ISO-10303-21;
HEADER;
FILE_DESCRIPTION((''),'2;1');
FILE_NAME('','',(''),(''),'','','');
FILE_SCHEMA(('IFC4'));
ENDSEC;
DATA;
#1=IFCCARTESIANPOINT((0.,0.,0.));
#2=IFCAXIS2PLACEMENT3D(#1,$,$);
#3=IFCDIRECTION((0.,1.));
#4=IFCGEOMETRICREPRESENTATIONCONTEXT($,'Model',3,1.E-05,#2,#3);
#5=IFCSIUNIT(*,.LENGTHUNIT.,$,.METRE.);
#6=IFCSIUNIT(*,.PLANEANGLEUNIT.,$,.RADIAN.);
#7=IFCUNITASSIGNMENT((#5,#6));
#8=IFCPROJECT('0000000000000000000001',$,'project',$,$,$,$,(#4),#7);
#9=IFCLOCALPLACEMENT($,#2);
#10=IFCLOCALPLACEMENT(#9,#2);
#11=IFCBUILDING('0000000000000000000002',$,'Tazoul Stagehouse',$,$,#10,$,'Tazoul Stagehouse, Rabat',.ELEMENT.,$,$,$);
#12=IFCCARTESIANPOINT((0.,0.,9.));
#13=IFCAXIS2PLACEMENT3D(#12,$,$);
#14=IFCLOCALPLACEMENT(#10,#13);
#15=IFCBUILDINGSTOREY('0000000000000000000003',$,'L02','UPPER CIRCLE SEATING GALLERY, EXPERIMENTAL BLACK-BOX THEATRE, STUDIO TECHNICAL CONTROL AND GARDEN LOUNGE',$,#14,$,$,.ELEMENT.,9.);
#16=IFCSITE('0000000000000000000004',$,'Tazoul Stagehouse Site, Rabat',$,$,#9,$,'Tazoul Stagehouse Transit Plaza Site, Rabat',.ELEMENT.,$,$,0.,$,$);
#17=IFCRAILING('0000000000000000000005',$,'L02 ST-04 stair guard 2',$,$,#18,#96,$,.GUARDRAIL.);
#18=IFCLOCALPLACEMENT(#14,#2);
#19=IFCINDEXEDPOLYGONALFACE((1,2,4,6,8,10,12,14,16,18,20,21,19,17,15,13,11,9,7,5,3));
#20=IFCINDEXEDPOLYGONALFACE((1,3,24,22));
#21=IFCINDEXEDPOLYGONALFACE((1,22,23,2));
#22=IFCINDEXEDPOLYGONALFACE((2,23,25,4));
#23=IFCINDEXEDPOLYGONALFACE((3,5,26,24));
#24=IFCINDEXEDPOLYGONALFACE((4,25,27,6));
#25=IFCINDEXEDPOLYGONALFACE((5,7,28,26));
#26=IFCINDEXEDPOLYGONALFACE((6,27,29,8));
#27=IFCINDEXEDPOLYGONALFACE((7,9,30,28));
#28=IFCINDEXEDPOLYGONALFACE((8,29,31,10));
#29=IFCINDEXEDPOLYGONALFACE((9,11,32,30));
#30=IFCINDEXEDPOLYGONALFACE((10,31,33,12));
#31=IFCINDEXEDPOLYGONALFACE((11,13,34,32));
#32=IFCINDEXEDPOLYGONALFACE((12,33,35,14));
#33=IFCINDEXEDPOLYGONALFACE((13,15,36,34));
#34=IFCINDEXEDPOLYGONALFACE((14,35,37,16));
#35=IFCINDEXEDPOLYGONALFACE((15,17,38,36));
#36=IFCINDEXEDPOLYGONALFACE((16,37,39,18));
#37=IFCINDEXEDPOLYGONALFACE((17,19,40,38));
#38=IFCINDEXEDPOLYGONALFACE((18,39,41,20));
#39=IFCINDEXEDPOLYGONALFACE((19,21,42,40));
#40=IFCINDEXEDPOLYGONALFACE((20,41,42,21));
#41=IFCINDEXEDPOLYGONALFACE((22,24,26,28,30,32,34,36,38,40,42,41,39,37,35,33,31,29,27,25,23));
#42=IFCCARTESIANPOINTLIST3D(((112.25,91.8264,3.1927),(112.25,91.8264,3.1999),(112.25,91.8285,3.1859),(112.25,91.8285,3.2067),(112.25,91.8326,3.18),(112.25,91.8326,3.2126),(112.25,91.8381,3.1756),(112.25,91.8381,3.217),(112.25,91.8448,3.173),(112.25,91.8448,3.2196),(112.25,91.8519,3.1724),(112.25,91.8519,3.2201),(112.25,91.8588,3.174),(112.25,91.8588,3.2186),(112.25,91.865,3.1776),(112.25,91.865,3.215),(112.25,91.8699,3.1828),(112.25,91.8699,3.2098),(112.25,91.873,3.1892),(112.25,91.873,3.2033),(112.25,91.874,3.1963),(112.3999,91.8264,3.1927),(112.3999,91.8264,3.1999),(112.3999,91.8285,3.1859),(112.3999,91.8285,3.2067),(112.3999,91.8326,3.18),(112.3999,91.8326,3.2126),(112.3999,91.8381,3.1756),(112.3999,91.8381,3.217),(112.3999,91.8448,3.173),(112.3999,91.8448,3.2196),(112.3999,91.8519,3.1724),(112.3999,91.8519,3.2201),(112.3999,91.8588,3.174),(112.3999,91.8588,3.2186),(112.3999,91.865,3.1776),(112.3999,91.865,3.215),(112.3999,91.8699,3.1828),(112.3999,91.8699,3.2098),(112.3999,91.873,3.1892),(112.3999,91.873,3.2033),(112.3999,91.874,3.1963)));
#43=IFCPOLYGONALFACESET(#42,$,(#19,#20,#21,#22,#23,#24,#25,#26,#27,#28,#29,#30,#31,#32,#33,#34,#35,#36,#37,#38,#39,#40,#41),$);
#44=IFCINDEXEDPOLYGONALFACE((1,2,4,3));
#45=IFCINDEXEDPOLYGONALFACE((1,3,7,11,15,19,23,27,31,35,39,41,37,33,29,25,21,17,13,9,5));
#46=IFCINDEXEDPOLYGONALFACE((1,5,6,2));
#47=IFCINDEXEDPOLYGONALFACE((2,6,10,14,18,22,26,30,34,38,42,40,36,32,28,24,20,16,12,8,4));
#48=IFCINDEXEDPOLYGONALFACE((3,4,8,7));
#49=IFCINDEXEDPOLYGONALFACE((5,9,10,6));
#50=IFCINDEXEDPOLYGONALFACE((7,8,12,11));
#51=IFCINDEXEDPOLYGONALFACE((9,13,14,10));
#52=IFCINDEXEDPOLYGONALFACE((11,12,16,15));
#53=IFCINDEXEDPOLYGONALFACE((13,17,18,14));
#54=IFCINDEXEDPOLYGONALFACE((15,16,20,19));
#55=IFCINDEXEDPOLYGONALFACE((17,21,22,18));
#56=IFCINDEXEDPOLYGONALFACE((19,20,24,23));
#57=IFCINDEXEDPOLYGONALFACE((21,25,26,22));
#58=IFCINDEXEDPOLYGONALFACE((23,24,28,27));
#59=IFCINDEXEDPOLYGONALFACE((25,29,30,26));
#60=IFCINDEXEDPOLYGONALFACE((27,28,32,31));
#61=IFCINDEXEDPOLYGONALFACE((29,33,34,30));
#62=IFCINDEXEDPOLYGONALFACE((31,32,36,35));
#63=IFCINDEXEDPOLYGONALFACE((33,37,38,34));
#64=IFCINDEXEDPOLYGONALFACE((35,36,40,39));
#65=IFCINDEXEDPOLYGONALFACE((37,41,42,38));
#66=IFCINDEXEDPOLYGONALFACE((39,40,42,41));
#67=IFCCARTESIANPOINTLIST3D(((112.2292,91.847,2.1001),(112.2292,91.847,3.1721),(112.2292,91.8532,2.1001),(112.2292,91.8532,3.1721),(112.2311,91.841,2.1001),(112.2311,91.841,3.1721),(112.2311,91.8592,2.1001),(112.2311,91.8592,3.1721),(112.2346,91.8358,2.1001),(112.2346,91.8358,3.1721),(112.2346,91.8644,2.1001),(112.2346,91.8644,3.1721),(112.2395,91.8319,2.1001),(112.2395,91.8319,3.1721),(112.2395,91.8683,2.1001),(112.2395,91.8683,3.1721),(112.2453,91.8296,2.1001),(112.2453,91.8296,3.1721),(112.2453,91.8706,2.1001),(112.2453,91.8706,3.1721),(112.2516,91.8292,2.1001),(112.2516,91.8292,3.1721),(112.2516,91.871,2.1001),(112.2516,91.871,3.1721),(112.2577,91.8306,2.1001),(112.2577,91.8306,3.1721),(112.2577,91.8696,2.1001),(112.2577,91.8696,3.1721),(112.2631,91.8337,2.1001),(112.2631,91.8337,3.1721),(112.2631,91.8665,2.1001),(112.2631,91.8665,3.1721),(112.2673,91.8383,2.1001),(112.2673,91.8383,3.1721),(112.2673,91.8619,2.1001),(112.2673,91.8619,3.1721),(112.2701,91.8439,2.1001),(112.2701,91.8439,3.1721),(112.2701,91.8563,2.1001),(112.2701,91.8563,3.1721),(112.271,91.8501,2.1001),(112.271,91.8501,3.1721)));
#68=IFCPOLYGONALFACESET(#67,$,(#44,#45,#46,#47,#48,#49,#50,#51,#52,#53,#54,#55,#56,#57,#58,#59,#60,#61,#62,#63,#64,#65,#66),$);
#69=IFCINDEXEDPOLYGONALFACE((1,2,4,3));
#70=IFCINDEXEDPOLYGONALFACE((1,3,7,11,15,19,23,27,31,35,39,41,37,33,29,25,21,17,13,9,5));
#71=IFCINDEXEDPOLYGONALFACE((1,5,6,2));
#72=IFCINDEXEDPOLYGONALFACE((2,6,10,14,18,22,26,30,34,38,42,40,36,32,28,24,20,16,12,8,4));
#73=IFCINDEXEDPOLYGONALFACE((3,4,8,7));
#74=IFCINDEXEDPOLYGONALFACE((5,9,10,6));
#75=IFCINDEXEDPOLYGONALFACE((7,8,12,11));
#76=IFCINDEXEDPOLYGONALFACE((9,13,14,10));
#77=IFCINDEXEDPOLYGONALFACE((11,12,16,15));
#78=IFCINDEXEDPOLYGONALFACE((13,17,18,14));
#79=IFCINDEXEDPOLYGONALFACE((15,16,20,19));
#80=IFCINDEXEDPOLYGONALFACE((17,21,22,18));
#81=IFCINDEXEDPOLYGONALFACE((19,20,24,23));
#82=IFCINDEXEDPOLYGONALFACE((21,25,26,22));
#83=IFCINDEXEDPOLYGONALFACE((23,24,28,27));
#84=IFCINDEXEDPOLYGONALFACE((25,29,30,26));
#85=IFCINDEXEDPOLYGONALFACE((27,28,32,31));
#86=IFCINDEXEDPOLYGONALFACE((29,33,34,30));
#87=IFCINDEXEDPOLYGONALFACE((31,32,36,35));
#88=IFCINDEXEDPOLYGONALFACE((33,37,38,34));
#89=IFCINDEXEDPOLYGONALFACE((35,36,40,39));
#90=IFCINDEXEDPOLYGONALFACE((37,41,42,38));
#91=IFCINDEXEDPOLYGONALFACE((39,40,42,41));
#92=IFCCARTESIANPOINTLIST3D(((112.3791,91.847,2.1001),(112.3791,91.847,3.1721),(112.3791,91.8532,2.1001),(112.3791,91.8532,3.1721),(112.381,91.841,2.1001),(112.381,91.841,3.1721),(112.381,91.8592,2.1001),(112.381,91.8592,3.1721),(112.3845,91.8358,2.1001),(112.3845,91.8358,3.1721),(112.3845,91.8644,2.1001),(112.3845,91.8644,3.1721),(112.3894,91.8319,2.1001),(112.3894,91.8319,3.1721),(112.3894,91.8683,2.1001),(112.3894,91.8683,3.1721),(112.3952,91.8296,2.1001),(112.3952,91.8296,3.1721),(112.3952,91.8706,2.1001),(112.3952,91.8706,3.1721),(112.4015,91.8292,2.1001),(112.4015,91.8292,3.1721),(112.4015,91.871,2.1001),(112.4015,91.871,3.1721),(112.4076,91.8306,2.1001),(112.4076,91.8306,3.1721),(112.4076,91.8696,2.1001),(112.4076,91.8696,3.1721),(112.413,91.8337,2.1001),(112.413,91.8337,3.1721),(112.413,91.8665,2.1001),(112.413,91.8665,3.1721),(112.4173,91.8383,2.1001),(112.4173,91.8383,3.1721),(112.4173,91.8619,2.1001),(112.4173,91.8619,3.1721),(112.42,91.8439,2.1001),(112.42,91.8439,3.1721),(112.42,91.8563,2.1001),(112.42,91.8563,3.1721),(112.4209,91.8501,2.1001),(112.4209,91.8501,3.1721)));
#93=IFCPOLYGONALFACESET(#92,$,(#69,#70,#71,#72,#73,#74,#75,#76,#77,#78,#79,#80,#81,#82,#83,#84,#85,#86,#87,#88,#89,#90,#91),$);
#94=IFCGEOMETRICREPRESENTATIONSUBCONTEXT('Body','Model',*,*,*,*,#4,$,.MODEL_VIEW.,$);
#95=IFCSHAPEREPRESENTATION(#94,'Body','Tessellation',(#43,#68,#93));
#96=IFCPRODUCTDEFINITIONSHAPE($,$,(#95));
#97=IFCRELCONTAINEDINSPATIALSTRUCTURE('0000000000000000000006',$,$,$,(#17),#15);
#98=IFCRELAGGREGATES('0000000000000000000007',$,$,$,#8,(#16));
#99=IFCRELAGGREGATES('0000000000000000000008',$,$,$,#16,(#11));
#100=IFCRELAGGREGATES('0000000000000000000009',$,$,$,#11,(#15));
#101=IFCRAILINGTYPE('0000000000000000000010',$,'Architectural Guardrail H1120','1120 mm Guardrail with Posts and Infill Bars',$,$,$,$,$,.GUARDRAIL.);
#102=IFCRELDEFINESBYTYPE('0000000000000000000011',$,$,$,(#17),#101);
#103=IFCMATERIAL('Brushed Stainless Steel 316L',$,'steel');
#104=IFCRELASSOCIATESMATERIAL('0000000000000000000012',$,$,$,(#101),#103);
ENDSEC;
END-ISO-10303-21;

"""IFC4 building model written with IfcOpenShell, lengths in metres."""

from ifc_helpers import new_model, si_unit, direction, frame, origin, origin_2d, place, context, subcontext, project, spatial, circle, extrude, material, material_profile, profile_set, type_object, element, save


model = new_model("IFC4")

# Units and contexts
model_context = context("Model", 3, precision=1e-05, world=origin(), true_north=direction((0.0, 1.0)))
body_context = subcontext(model_context, "Body", "Model", "MODEL_VIEW")
ifc_project = project(units=[si_unit("LENGTHUNIT", "METRE"), si_unit("PLANEANGLEUNIT", "RADIAN")], contexts=[model_context])

# Site, building, storey
site_placement = place(None, origin())
site = spatial("IfcSite", under=ifc_project, at=site_placement, Name="Tazoul Stagehouse Site, Rabat", LongName="Tazoul Stagehouse Transit Plaza Site, Rabat", CompositionType="ELEMENT", RefElevation=0.0)
building_placement = place(site_placement, origin())
building = spatial("IfcBuilding", under=site, at=building_placement, Name="Tazoul Stagehouse", LongName="Tazoul Stagehouse, Rabat", CompositionType="ELEMENT")
storey_placement = place(building_placement, frame((0.0, 0.0, 9.0)))
storey = spatial("IfcBuildingStorey", under=building, at=storey_placement, Name="L02", Description="UPPER CIRCLE SEATING GALLERY, EXPERIMENTAL BLACK-BOX THEATRE, STUDIO TECHNICAL CONTROL AND GARDEN LOUNGE", CompositionType="ELEMENT", Elevation=9.0)

# Railing
ifc_material_1 = material(Name="Brushed Stainless Steel 316L", Category="steel")
ifc_material_profile_1 = material_profile(ifc_material_1, circle(Radius=0.0239, at=origin_2d()), Name="SS RAIL D48")
ifc_profile_set_1 = profile_set([ifc_material_profile_1], Name="Brushed Stainless Steel 316L")
railing_type = type_object("IfcRailingType", Name="Architectural Guardrail H1120", Description="1120 mm Guardrail with Posts and Infill Bars", PredefinedType="GUARDRAIL", material=ifc_profile_set_1)
railing_1_placement = place(storey_placement, frame((112.25, 91.8501, 2.1001)))
element("IfcRailing", 1, at=railing_1_placement, inside=storey, type_object=railing_type, Name="L02 ST-04 stair guard 2", PredefinedType="GUARDRAIL", context=body_context, shape_type="SweptSolid", body=[
    extrude(circle(Radius=0.0239, at=origin_2d()), frame((0.0, 0.0, 1.0962), z_axis=(1.0, 0.0, 0.0), x_axis=(0.0, 1.0, 0.0)), (0.0, 0.0, 1.0), 0.1499),
    extrude(circle(Radius=0.021, at=origin_2d()), origin(), (0.0, 0.0, 1.0), 1.072),
    extrude(circle(Radius=0.021, at=origin_2d()), frame((0.1499, 0.0, 0.0)), (0.0, 0.0, 1.0), 1.072),
])

save(model, "model.ifc")
